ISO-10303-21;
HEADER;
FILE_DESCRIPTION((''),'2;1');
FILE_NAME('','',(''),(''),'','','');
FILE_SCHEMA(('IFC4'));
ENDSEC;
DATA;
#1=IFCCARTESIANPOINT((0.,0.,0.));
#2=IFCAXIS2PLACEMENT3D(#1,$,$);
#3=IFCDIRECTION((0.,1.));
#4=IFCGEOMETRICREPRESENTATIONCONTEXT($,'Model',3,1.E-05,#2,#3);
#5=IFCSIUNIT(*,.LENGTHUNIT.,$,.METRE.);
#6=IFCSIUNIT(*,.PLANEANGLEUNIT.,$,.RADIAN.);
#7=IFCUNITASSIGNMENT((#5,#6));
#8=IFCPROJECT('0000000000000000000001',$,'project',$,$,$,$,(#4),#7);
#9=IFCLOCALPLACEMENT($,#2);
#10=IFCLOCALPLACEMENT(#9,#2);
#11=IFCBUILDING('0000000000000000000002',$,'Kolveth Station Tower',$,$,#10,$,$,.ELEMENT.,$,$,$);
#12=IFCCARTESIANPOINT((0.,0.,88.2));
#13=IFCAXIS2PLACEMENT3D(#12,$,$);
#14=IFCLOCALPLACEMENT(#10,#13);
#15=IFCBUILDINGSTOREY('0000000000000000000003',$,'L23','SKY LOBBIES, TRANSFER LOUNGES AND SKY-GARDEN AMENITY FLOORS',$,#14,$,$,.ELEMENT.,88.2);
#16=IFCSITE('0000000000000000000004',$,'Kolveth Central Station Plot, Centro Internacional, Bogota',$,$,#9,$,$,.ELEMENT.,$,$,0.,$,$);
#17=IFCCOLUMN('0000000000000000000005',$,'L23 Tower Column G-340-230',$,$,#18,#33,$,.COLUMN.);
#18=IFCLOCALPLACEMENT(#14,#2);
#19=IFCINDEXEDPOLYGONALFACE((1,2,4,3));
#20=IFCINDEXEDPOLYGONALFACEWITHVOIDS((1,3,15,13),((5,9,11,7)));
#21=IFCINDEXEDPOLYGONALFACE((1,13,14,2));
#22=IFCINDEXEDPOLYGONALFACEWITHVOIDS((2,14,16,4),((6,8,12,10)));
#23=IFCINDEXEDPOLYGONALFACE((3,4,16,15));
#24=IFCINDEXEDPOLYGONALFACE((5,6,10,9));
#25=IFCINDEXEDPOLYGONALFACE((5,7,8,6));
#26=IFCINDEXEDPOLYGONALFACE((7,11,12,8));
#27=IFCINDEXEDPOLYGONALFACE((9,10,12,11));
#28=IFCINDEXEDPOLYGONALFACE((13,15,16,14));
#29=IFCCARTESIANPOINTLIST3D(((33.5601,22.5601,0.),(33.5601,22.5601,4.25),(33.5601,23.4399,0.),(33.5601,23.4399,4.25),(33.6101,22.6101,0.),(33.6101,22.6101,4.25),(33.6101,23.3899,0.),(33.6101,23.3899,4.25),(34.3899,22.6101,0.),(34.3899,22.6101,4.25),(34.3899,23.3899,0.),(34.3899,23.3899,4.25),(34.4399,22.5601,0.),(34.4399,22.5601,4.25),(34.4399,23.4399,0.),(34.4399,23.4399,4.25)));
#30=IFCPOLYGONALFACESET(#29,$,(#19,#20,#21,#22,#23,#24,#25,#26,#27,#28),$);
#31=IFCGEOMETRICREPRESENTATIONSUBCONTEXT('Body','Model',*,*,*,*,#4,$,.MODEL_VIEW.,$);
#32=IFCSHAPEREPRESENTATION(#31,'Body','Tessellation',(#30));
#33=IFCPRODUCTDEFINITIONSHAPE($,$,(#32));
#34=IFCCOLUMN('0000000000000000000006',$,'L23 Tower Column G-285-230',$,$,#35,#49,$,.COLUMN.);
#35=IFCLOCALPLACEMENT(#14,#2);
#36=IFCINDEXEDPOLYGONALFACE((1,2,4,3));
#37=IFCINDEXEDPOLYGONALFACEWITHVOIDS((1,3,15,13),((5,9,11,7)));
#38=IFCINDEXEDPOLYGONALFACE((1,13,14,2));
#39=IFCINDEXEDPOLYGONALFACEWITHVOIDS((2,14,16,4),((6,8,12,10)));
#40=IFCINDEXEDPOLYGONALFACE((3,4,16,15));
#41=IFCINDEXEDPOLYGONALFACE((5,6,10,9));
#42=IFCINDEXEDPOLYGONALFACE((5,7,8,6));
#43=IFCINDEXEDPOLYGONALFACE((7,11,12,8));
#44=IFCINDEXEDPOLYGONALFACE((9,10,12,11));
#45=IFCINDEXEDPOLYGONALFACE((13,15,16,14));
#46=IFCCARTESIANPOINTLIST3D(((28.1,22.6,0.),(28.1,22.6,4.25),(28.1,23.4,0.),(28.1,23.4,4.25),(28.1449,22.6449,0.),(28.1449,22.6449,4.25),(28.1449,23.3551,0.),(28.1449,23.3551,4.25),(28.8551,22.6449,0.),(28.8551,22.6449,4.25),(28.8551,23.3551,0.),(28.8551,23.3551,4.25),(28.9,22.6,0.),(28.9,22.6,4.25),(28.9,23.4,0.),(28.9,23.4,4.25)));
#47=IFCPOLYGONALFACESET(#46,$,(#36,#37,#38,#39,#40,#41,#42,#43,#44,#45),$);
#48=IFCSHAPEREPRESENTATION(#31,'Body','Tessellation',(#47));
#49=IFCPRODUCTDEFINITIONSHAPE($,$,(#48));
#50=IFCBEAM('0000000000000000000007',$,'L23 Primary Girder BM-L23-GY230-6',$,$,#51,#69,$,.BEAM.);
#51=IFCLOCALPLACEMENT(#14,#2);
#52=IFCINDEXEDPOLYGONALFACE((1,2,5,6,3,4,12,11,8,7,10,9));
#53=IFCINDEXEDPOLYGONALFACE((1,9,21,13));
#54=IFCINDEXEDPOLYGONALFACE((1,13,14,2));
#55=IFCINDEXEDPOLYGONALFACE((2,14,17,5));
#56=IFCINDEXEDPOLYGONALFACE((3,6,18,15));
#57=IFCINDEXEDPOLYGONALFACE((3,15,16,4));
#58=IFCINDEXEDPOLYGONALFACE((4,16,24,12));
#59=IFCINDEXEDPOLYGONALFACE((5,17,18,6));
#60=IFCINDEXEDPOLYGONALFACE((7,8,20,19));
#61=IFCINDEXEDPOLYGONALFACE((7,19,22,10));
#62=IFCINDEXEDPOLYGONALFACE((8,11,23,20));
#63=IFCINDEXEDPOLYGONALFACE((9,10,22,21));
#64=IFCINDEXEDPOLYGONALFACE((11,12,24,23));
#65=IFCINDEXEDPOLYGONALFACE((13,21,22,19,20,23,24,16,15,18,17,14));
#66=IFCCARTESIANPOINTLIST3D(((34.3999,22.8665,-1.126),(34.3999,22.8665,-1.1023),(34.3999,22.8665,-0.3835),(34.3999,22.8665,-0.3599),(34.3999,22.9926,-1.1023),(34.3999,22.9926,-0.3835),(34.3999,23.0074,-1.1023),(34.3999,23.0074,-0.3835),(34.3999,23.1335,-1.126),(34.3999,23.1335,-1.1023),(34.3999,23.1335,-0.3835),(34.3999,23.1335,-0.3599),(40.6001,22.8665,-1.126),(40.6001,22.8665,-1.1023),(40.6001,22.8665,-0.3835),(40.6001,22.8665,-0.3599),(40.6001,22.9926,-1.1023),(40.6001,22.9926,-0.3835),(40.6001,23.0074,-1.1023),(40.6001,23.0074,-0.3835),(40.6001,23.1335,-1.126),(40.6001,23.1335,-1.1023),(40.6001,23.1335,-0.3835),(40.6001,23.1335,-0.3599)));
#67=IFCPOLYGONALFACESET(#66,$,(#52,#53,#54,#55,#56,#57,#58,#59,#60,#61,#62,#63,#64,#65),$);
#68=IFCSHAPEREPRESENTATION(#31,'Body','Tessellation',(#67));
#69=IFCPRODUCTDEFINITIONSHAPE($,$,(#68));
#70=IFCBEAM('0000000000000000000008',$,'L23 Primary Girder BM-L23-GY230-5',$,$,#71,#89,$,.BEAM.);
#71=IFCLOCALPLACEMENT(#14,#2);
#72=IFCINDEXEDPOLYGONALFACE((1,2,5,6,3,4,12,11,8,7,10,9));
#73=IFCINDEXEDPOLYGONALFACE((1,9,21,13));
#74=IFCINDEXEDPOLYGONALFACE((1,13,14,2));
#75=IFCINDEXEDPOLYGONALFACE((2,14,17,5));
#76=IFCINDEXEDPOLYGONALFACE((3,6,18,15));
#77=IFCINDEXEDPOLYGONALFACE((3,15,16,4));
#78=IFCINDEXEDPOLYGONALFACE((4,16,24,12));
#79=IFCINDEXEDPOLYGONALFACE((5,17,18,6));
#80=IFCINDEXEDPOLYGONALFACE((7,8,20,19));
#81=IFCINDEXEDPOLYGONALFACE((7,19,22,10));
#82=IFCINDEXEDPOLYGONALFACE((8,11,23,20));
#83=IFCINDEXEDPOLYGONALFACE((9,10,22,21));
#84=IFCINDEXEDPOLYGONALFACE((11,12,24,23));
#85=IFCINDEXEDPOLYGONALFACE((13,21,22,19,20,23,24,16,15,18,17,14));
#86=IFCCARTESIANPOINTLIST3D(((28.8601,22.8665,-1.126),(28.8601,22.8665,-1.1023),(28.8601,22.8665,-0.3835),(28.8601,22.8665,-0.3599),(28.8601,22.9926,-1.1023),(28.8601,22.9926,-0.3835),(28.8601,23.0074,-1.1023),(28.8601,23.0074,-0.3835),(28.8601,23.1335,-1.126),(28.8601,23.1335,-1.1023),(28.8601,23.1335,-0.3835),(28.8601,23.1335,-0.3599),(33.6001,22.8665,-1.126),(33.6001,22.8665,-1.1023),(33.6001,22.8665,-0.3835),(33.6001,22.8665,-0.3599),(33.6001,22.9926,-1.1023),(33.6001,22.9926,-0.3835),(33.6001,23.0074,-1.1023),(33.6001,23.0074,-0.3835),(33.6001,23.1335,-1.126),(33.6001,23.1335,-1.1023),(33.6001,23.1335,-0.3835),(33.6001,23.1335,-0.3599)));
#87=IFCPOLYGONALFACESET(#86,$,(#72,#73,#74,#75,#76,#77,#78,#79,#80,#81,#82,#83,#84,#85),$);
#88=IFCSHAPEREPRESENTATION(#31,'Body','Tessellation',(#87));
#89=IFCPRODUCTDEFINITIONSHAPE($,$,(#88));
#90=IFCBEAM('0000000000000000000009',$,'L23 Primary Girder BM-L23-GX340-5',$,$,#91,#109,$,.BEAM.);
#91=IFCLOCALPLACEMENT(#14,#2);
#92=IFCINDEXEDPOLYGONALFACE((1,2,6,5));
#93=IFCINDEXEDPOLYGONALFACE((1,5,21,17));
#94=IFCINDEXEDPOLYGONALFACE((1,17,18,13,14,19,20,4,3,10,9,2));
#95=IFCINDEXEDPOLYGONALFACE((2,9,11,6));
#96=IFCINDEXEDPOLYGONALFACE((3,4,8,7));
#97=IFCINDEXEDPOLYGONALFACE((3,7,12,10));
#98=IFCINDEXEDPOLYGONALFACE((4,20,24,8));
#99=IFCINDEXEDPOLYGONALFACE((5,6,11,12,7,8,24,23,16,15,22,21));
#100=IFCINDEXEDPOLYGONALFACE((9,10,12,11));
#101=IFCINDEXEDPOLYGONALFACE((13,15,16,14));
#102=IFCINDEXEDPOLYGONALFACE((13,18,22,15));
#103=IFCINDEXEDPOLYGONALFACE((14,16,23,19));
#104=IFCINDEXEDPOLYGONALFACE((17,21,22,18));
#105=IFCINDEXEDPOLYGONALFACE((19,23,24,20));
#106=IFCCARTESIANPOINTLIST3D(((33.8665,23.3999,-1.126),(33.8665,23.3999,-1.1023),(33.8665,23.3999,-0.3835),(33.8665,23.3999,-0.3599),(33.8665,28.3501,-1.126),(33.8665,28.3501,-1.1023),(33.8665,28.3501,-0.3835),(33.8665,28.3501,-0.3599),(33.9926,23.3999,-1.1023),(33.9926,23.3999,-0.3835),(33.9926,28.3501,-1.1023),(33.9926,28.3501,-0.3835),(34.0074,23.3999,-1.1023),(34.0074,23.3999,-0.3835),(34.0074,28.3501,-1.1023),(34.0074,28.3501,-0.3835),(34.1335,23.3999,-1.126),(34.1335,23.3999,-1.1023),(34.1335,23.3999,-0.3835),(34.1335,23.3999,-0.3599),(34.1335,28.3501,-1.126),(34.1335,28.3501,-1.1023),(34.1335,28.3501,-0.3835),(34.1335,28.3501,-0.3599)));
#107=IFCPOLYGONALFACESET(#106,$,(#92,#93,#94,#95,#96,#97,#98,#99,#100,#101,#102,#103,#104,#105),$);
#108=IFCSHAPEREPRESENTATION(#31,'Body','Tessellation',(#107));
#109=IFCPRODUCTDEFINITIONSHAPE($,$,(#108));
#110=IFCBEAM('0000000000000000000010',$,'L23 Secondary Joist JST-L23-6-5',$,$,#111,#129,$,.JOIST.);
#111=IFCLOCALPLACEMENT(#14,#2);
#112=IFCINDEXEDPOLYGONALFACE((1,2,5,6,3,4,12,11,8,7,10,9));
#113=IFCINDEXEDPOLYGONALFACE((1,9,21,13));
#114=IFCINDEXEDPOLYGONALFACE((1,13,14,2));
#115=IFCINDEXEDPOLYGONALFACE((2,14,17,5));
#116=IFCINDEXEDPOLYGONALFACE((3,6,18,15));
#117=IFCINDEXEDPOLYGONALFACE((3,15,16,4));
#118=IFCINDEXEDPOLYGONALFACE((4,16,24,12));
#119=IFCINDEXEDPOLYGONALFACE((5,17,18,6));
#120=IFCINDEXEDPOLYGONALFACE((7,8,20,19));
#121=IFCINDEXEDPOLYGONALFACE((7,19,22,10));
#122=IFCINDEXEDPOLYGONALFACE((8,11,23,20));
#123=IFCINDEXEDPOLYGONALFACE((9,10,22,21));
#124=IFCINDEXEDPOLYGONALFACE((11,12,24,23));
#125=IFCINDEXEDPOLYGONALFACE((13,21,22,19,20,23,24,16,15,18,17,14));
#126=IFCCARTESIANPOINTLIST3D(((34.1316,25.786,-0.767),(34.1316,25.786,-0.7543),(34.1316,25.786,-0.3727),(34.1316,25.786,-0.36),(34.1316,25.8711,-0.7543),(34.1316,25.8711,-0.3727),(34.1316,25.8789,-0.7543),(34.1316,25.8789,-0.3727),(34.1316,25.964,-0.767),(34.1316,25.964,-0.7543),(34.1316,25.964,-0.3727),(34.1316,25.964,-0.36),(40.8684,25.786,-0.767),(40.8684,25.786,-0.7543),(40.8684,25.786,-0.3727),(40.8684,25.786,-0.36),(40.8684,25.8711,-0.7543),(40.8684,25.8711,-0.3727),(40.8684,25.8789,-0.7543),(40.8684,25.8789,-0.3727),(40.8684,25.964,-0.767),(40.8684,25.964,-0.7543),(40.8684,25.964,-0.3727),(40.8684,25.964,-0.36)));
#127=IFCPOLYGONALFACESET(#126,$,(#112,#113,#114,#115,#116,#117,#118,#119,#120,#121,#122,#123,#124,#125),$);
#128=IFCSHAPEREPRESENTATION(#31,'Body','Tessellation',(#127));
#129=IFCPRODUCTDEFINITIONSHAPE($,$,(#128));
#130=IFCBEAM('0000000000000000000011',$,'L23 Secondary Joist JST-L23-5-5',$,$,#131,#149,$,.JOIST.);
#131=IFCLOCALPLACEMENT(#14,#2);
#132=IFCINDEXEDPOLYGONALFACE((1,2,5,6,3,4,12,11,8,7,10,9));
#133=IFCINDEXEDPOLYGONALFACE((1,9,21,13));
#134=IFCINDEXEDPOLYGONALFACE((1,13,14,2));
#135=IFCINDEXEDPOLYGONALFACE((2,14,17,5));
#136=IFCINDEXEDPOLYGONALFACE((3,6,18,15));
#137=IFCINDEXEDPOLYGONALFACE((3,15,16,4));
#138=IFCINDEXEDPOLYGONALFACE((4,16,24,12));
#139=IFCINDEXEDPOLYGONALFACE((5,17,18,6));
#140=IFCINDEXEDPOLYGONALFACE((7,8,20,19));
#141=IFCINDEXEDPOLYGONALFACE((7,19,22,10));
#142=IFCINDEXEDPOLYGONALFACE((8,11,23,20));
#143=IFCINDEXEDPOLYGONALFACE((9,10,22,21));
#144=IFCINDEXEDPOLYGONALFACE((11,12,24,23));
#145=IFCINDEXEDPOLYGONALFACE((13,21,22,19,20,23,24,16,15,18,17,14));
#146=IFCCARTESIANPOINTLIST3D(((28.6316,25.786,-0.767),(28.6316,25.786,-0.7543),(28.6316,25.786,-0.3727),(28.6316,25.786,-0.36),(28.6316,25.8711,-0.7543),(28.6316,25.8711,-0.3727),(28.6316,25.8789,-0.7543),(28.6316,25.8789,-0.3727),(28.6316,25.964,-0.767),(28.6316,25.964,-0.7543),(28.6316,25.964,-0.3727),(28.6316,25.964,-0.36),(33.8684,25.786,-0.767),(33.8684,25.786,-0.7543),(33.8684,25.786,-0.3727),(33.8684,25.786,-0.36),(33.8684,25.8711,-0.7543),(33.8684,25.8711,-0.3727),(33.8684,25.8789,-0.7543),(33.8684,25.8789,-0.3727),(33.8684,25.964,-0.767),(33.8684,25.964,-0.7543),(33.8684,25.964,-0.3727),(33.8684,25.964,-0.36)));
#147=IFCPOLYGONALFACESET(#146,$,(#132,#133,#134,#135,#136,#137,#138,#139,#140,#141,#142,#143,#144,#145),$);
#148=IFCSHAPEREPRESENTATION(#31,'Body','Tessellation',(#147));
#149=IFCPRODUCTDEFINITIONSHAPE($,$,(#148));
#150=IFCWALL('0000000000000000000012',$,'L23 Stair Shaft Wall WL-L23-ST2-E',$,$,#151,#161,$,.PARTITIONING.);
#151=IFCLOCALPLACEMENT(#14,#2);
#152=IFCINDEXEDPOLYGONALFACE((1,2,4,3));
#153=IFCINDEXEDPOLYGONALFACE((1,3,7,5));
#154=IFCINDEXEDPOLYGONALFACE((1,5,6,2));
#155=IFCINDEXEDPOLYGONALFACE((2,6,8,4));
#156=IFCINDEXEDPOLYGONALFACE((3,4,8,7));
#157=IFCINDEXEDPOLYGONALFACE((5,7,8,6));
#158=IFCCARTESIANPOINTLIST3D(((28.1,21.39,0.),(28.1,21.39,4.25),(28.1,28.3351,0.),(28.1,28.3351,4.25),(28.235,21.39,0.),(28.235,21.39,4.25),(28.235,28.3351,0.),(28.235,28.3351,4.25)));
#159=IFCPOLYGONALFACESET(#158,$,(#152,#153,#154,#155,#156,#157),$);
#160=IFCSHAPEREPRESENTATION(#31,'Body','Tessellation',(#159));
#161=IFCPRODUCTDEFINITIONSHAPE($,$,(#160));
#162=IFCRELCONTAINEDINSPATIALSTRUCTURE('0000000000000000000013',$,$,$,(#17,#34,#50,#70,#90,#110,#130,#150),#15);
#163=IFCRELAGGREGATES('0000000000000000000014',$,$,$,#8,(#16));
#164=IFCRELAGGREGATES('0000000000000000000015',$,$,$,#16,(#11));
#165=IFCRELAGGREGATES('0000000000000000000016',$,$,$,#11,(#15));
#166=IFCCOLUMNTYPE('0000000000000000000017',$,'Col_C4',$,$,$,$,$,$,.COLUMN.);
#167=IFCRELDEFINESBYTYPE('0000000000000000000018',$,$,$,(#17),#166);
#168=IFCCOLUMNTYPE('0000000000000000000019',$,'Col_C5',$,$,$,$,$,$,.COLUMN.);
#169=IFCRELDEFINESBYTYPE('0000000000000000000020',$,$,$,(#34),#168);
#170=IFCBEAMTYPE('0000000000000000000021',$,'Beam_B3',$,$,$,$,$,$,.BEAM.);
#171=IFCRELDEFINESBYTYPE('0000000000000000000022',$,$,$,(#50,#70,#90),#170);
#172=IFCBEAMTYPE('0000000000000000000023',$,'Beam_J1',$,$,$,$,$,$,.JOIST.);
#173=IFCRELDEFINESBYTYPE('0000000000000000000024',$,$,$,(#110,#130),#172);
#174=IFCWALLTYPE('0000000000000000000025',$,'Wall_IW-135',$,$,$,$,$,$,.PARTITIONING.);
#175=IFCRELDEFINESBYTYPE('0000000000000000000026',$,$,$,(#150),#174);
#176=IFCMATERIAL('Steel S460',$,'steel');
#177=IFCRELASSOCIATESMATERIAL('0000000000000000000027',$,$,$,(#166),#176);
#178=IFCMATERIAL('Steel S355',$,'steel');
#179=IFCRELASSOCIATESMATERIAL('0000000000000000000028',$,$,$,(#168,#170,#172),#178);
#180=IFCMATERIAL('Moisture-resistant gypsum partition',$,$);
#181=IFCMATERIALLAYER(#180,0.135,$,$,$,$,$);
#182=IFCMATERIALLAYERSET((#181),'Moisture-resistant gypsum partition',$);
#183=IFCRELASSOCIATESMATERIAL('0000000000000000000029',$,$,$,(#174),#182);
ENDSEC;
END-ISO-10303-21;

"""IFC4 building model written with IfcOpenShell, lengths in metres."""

from ifc_helpers import new_model, si_unit, direction, frame, frame_2d, origin, origin_2d, place, context, subcontext, project, spatial, rectangle, hollow_rectangle, i_section, extrude, source, transform, mapped, material, layer, layer_set, material_profile, profile_set, type_object, element, save


model = new_model("IFC4")

# Units and contexts
model_context = context("Model", 3, precision=1e-05, world=origin(), true_north=direction((0.0, 1.0)))
body_context = subcontext(model_context, "Body", "Model", "MODEL_VIEW")
ifc_project = project(units=[si_unit("LENGTHUNIT", "METRE"), si_unit("PLANEANGLEUNIT", "RADIAN")], contexts=[model_context])

# Site, building, storey
site_placement = place(None, origin())
site = spatial("IfcSite", under=ifc_project, at=site_placement, Name="Kolveth Central Station Plot, Centro Internacional, Bogota", CompositionType="ELEMENT", RefElevation=0.0)
building_placement = place(site_placement, origin())
building = spatial("IfcBuilding", under=site, at=building_placement, Name="Kolveth Station Tower", CompositionType="ELEMENT")
storey_placement = place(building_placement, frame((0.0, 0.0, 88.2)))
storey = spatial("IfcBuildingStorey", under=building, at=storey_placement, Name="L23", Description="SKY LOBBIES, TRANSFER LOUNGES AND SKY-GARDEN AMENITY FLOORS", CompositionType="ELEMENT", Elevation=88.2)

# Columns
ifc_material_1 = material(Name="Steel S460", Category="steel")
ifc_material_profile_1 = material_profile(ifc_material_1, hollow_rectangle(XDim=0.8799, YDim=0.8799, WallThickness=0.05, at=origin_2d()), Name="BOX880x880x50")
ifc_profile_set_1 = profile_set([ifc_material_profile_1], Name="Steel S460")
column_type_1 = type_object("IfcColumnType", Name="Col_C4", PredefinedType="COLUMN", material=ifc_profile_set_1)
shared_shape_1 = source(origin(), body_context, "Body", "SweptSolid", [
    extrude(hollow_rectangle(XDim=0.8799, YDim=0.8799, WallThickness=0.05, at=origin_2d()), origin(), (0.0, 0.0, 1.0), 4.25),
])
column_1_placement = place(storey_placement, frame((34.0, 23.0, 0.0), z_axis=(0.0, 0.0, 1.0), x_axis=(1.0, 0.0, 0.0)))
element("IfcColumn", 1, at=column_1_placement, inside=storey, type_object=column_type_1, Name="L23 Tower Column G-340-230", PredefinedType="COLUMN", context=body_context, shape_type="MappedRepresentation", body=[
    mapped(shared_shape_1, transform((0.0, 0.0, 0.0), x_axis=(1.0, 0.0, 0.0), y_axis=(0.0, 1.0, 0.0), z_axis=(0.0, 0.0, 1.0), scale=1.0)),
])
ifc_material_2 = material(Name="Steel S355", Category="steel")
ifc_material_profile_2 = material_profile(ifc_material_2, hollow_rectangle(XDim=0.8, YDim=0.8, WallThickness=0.0449, at=origin_2d()), Name="BOX800x800x45")
ifc_profile_set_2 = profile_set([ifc_material_profile_2], Name="Steel S355")
column_type_2 = type_object("IfcColumnType", Name="Col_C5", PredefinedType="COLUMN", material=ifc_profile_set_2)
shared_shape_2 = source(origin(), body_context, "Body", "SweptSolid", [
    extrude(hollow_rectangle(XDim=0.8, YDim=0.8, WallThickness=0.0449, at=origin_2d()), origin(), (0.0, 0.0, 1.0), 4.25),
])
column_2_placement = place(storey_placement, frame((28.5, 23.0, 0.0), z_axis=(0.0, 0.0, 1.0), x_axis=(1.0, 0.0, 0.0)))
element("IfcColumn", 2, at=column_2_placement, inside=storey, type_object=column_type_2, Name="L23 Tower Column G-285-230", PredefinedType="COLUMN", context=body_context, shape_type="MappedRepresentation", body=[
    mapped(shared_shape_2, transform((0.0, 0.0, 0.0), x_axis=(1.0, 0.0, 0.0), y_axis=(0.0, 1.0, 0.0), z_axis=(0.0, 0.0, 1.0), scale=1.0)),
])

# Beams
ifc_material_profile_3 = material_profile(ifc_material_2, i_section(OverallWidth=0.2671, OverallDepth=0.7661, WebThickness=0.0149, FlangeThickness=0.0237, at=origin_2d()), Name="W760x185")
ifc_profile_set_3 = profile_set([ifc_material_profile_3], Name="Steel S355")
beam_type_1 = type_object("IfcBeamType", Name="Beam_B3", PredefinedType="BEAM", material=ifc_profile_set_3)
shared_shape_3 = source(origin(), body_context, "Body", "SweptSolid", [
    extrude(i_section(OverallWidth=0.2671, OverallDepth=0.7661, WebThickness=0.0149, FlangeThickness=0.0237, at=origin_2d()), origin(), (0.0, 0.0, 1.0), 6.2002),
])
beam_1_placement = place(storey_placement, frame((34.3999, 23.0, -0.7429), z_axis=(1.0, 0.0, 0.0), x_axis=(0.0, 1.0, 0.0)))
element("IfcBeam", 3, at=beam_1_placement, inside=storey, type_object=beam_type_1, Name="L23 Primary Girder BM-L23-GY230-6", PredefinedType="BEAM", context=body_context, shape_type="MappedRepresentation", body=[
    mapped(shared_shape_3, transform((0.0, 0.0, 0.0), x_axis=(1.0, 0.0, 0.0), y_axis=(0.0, 1.0, 0.0), z_axis=(0.0, 0.0, 1.0), scale=1.0)),
])
shared_shape_4 = source(origin(), body_context, "Body", "SweptSolid", [
    extrude(i_section(OverallWidth=0.2671, OverallDepth=0.7661, WebThickness=0.0149, FlangeThickness=0.0237, at=origin_2d()), origin(), (0.0, 0.0, 1.0), 4.74),
])
beam_2_placement = place(storey_placement, frame((28.8601, 23.0, -0.7429), z_axis=(1.0, 0.0, 0.0), x_axis=(0.0, 1.0, 0.0)))
element("IfcBeam", 4, at=beam_2_placement, inside=storey, type_object=beam_type_1, Name="L23 Primary Girder BM-L23-GY230-5", PredefinedType="BEAM", context=body_context, shape_type="MappedRepresentation", body=[
    mapped(shared_shape_4, transform((0.0, 0.0, 0.0), x_axis=(1.0, 0.0, 0.0), y_axis=(0.0, 1.0, 0.0), z_axis=(0.0, 0.0, 1.0), scale=1.0)),
])
shared_shape_5 = source(origin(), body_context, "Body", "SweptSolid", [
    extrude(i_section(OverallWidth=0.2671, OverallDepth=0.7661, WebThickness=0.0149, FlangeThickness=0.0237, at=origin_2d()), origin(), (0.0, 0.0, 1.0), 4.9502),
])
beam_3_placement = place(storey_placement, frame((34.0, 23.3999, -0.7429), z_axis=(0.0, 1.0, 0.0), x_axis=(-1.0, 0.0, 0.0)))
element("IfcBeam", 5, at=beam_3_placement, inside=storey, type_object=beam_type_1, Name="L23 Primary Girder BM-L23-GX340-5", PredefinedType="BEAM", context=body_context, shape_type="MappedRepresentation", body=[
    mapped(shared_shape_5, transform((0.0, 0.0, 0.0), x_axis=(1.0, 0.0, 0.0), y_axis=(0.0, 1.0, 0.0), z_axis=(0.0, 0.0, 1.0), scale=1.0)),
])
ifc_material_profile_4 = material_profile(ifc_material_2, i_section(OverallWidth=0.178, OverallDepth=0.407, WebThickness=0.0078, FlangeThickness=0.0127, at=origin_2d()), Name="W410x60")
ifc_profile_set_4 = profile_set([ifc_material_profile_4], Name="Steel S355")
beam_type_2 = type_object("IfcBeamType", Name="Beam_J1", PredefinedType="JOIST", material=ifc_profile_set_4)
shared_shape_6 = source(origin(), body_context, "Body", "SweptSolid", [
    extrude(i_section(OverallWidth=0.178, OverallDepth=0.407, WebThickness=0.0078, FlangeThickness=0.0127, at=origin_2d()), origin(), (0.0, 0.0, 1.0), 6.7368),
])
beam_4_placement = place(storey_placement, frame((34.1316, 25.875, -0.5635), z_axis=(1.0, 0.0, 0.0), x_axis=(0.0, 1.0, 0.0)))
element("IfcBeam", 6, at=beam_4_placement, inside=storey, type_object=beam_type_2, Name="L23 Secondary Joist JST-L23-6-5", PredefinedType="JOIST", context=body_context, shape_type="MappedRepresentation", body=[
    mapped(shared_shape_6, transform((0.0, 0.0, 0.0), x_axis=(1.0, 0.0, 0.0), y_axis=(0.0, 1.0, 0.0), z_axis=(0.0, 0.0, 1.0), scale=1.0)),
])
shared_shape_7 = source(origin(), body_context, "Body", "SweptSolid", [
    extrude(i_section(OverallWidth=0.178, OverallDepth=0.407, WebThickness=0.0078, FlangeThickness=0.0127, at=origin_2d()), origin(), (0.0, 0.0, 1.0), 5.2368),
])
beam_5_placement = place(storey_placement, frame((28.6316, 25.875, -0.5635), z_axis=(1.0, 0.0, 0.0), x_axis=(0.0, 1.0, 0.0)))
element("IfcBeam", 7, at=beam_5_placement, inside=storey, type_object=beam_type_2, Name="L23 Secondary Joist JST-L23-5-5", PredefinedType="JOIST", context=body_context, shape_type="MappedRepresentation", body=[
    mapped(shared_shape_7, transform((0.0, 0.0, 0.0), x_axis=(1.0, 0.0, 0.0), y_axis=(0.0, 1.0, 0.0), z_axis=(0.0, 0.0, 1.0), scale=1.0)),
])

# Wall
ifc_material_3 = material(Name="Moisture-resistant gypsum partition")
ifc_layer_1 = layer(ifc_material_3, 0.135)
ifc_layer_set_1 = layer_set([ifc_layer_1], Name="Moisture-resistant gypsum partition")
wall_type_1 = type_object("IfcWallType", Name="Wall_IW-135", PredefinedType="PARTITIONING", material=ifc_layer_set_1)
wall_1_placement = place(storey_placement, frame((28.1675, 21.3899, 0.0), z_axis=(0.0, 0.0, 1.0), x_axis=(0.0, 1.0, 0.0)))
element("IfcWall", 8, at=wall_1_placement, inside=storey, type_object=wall_type_1, Name="L23 Stair Shaft Wall WL-L23-ST2-E", PredefinedType="PARTITIONING", context=body_context, shape_type="SweptSolid", body=[
    extrude(rectangle(XDim=6.9451, YDim=0.135, at=frame_2d((3.4727, 0.0))), origin(), (0.0, 0.0, 1.0), 4.25),
])

save(model, "model.ifc")
